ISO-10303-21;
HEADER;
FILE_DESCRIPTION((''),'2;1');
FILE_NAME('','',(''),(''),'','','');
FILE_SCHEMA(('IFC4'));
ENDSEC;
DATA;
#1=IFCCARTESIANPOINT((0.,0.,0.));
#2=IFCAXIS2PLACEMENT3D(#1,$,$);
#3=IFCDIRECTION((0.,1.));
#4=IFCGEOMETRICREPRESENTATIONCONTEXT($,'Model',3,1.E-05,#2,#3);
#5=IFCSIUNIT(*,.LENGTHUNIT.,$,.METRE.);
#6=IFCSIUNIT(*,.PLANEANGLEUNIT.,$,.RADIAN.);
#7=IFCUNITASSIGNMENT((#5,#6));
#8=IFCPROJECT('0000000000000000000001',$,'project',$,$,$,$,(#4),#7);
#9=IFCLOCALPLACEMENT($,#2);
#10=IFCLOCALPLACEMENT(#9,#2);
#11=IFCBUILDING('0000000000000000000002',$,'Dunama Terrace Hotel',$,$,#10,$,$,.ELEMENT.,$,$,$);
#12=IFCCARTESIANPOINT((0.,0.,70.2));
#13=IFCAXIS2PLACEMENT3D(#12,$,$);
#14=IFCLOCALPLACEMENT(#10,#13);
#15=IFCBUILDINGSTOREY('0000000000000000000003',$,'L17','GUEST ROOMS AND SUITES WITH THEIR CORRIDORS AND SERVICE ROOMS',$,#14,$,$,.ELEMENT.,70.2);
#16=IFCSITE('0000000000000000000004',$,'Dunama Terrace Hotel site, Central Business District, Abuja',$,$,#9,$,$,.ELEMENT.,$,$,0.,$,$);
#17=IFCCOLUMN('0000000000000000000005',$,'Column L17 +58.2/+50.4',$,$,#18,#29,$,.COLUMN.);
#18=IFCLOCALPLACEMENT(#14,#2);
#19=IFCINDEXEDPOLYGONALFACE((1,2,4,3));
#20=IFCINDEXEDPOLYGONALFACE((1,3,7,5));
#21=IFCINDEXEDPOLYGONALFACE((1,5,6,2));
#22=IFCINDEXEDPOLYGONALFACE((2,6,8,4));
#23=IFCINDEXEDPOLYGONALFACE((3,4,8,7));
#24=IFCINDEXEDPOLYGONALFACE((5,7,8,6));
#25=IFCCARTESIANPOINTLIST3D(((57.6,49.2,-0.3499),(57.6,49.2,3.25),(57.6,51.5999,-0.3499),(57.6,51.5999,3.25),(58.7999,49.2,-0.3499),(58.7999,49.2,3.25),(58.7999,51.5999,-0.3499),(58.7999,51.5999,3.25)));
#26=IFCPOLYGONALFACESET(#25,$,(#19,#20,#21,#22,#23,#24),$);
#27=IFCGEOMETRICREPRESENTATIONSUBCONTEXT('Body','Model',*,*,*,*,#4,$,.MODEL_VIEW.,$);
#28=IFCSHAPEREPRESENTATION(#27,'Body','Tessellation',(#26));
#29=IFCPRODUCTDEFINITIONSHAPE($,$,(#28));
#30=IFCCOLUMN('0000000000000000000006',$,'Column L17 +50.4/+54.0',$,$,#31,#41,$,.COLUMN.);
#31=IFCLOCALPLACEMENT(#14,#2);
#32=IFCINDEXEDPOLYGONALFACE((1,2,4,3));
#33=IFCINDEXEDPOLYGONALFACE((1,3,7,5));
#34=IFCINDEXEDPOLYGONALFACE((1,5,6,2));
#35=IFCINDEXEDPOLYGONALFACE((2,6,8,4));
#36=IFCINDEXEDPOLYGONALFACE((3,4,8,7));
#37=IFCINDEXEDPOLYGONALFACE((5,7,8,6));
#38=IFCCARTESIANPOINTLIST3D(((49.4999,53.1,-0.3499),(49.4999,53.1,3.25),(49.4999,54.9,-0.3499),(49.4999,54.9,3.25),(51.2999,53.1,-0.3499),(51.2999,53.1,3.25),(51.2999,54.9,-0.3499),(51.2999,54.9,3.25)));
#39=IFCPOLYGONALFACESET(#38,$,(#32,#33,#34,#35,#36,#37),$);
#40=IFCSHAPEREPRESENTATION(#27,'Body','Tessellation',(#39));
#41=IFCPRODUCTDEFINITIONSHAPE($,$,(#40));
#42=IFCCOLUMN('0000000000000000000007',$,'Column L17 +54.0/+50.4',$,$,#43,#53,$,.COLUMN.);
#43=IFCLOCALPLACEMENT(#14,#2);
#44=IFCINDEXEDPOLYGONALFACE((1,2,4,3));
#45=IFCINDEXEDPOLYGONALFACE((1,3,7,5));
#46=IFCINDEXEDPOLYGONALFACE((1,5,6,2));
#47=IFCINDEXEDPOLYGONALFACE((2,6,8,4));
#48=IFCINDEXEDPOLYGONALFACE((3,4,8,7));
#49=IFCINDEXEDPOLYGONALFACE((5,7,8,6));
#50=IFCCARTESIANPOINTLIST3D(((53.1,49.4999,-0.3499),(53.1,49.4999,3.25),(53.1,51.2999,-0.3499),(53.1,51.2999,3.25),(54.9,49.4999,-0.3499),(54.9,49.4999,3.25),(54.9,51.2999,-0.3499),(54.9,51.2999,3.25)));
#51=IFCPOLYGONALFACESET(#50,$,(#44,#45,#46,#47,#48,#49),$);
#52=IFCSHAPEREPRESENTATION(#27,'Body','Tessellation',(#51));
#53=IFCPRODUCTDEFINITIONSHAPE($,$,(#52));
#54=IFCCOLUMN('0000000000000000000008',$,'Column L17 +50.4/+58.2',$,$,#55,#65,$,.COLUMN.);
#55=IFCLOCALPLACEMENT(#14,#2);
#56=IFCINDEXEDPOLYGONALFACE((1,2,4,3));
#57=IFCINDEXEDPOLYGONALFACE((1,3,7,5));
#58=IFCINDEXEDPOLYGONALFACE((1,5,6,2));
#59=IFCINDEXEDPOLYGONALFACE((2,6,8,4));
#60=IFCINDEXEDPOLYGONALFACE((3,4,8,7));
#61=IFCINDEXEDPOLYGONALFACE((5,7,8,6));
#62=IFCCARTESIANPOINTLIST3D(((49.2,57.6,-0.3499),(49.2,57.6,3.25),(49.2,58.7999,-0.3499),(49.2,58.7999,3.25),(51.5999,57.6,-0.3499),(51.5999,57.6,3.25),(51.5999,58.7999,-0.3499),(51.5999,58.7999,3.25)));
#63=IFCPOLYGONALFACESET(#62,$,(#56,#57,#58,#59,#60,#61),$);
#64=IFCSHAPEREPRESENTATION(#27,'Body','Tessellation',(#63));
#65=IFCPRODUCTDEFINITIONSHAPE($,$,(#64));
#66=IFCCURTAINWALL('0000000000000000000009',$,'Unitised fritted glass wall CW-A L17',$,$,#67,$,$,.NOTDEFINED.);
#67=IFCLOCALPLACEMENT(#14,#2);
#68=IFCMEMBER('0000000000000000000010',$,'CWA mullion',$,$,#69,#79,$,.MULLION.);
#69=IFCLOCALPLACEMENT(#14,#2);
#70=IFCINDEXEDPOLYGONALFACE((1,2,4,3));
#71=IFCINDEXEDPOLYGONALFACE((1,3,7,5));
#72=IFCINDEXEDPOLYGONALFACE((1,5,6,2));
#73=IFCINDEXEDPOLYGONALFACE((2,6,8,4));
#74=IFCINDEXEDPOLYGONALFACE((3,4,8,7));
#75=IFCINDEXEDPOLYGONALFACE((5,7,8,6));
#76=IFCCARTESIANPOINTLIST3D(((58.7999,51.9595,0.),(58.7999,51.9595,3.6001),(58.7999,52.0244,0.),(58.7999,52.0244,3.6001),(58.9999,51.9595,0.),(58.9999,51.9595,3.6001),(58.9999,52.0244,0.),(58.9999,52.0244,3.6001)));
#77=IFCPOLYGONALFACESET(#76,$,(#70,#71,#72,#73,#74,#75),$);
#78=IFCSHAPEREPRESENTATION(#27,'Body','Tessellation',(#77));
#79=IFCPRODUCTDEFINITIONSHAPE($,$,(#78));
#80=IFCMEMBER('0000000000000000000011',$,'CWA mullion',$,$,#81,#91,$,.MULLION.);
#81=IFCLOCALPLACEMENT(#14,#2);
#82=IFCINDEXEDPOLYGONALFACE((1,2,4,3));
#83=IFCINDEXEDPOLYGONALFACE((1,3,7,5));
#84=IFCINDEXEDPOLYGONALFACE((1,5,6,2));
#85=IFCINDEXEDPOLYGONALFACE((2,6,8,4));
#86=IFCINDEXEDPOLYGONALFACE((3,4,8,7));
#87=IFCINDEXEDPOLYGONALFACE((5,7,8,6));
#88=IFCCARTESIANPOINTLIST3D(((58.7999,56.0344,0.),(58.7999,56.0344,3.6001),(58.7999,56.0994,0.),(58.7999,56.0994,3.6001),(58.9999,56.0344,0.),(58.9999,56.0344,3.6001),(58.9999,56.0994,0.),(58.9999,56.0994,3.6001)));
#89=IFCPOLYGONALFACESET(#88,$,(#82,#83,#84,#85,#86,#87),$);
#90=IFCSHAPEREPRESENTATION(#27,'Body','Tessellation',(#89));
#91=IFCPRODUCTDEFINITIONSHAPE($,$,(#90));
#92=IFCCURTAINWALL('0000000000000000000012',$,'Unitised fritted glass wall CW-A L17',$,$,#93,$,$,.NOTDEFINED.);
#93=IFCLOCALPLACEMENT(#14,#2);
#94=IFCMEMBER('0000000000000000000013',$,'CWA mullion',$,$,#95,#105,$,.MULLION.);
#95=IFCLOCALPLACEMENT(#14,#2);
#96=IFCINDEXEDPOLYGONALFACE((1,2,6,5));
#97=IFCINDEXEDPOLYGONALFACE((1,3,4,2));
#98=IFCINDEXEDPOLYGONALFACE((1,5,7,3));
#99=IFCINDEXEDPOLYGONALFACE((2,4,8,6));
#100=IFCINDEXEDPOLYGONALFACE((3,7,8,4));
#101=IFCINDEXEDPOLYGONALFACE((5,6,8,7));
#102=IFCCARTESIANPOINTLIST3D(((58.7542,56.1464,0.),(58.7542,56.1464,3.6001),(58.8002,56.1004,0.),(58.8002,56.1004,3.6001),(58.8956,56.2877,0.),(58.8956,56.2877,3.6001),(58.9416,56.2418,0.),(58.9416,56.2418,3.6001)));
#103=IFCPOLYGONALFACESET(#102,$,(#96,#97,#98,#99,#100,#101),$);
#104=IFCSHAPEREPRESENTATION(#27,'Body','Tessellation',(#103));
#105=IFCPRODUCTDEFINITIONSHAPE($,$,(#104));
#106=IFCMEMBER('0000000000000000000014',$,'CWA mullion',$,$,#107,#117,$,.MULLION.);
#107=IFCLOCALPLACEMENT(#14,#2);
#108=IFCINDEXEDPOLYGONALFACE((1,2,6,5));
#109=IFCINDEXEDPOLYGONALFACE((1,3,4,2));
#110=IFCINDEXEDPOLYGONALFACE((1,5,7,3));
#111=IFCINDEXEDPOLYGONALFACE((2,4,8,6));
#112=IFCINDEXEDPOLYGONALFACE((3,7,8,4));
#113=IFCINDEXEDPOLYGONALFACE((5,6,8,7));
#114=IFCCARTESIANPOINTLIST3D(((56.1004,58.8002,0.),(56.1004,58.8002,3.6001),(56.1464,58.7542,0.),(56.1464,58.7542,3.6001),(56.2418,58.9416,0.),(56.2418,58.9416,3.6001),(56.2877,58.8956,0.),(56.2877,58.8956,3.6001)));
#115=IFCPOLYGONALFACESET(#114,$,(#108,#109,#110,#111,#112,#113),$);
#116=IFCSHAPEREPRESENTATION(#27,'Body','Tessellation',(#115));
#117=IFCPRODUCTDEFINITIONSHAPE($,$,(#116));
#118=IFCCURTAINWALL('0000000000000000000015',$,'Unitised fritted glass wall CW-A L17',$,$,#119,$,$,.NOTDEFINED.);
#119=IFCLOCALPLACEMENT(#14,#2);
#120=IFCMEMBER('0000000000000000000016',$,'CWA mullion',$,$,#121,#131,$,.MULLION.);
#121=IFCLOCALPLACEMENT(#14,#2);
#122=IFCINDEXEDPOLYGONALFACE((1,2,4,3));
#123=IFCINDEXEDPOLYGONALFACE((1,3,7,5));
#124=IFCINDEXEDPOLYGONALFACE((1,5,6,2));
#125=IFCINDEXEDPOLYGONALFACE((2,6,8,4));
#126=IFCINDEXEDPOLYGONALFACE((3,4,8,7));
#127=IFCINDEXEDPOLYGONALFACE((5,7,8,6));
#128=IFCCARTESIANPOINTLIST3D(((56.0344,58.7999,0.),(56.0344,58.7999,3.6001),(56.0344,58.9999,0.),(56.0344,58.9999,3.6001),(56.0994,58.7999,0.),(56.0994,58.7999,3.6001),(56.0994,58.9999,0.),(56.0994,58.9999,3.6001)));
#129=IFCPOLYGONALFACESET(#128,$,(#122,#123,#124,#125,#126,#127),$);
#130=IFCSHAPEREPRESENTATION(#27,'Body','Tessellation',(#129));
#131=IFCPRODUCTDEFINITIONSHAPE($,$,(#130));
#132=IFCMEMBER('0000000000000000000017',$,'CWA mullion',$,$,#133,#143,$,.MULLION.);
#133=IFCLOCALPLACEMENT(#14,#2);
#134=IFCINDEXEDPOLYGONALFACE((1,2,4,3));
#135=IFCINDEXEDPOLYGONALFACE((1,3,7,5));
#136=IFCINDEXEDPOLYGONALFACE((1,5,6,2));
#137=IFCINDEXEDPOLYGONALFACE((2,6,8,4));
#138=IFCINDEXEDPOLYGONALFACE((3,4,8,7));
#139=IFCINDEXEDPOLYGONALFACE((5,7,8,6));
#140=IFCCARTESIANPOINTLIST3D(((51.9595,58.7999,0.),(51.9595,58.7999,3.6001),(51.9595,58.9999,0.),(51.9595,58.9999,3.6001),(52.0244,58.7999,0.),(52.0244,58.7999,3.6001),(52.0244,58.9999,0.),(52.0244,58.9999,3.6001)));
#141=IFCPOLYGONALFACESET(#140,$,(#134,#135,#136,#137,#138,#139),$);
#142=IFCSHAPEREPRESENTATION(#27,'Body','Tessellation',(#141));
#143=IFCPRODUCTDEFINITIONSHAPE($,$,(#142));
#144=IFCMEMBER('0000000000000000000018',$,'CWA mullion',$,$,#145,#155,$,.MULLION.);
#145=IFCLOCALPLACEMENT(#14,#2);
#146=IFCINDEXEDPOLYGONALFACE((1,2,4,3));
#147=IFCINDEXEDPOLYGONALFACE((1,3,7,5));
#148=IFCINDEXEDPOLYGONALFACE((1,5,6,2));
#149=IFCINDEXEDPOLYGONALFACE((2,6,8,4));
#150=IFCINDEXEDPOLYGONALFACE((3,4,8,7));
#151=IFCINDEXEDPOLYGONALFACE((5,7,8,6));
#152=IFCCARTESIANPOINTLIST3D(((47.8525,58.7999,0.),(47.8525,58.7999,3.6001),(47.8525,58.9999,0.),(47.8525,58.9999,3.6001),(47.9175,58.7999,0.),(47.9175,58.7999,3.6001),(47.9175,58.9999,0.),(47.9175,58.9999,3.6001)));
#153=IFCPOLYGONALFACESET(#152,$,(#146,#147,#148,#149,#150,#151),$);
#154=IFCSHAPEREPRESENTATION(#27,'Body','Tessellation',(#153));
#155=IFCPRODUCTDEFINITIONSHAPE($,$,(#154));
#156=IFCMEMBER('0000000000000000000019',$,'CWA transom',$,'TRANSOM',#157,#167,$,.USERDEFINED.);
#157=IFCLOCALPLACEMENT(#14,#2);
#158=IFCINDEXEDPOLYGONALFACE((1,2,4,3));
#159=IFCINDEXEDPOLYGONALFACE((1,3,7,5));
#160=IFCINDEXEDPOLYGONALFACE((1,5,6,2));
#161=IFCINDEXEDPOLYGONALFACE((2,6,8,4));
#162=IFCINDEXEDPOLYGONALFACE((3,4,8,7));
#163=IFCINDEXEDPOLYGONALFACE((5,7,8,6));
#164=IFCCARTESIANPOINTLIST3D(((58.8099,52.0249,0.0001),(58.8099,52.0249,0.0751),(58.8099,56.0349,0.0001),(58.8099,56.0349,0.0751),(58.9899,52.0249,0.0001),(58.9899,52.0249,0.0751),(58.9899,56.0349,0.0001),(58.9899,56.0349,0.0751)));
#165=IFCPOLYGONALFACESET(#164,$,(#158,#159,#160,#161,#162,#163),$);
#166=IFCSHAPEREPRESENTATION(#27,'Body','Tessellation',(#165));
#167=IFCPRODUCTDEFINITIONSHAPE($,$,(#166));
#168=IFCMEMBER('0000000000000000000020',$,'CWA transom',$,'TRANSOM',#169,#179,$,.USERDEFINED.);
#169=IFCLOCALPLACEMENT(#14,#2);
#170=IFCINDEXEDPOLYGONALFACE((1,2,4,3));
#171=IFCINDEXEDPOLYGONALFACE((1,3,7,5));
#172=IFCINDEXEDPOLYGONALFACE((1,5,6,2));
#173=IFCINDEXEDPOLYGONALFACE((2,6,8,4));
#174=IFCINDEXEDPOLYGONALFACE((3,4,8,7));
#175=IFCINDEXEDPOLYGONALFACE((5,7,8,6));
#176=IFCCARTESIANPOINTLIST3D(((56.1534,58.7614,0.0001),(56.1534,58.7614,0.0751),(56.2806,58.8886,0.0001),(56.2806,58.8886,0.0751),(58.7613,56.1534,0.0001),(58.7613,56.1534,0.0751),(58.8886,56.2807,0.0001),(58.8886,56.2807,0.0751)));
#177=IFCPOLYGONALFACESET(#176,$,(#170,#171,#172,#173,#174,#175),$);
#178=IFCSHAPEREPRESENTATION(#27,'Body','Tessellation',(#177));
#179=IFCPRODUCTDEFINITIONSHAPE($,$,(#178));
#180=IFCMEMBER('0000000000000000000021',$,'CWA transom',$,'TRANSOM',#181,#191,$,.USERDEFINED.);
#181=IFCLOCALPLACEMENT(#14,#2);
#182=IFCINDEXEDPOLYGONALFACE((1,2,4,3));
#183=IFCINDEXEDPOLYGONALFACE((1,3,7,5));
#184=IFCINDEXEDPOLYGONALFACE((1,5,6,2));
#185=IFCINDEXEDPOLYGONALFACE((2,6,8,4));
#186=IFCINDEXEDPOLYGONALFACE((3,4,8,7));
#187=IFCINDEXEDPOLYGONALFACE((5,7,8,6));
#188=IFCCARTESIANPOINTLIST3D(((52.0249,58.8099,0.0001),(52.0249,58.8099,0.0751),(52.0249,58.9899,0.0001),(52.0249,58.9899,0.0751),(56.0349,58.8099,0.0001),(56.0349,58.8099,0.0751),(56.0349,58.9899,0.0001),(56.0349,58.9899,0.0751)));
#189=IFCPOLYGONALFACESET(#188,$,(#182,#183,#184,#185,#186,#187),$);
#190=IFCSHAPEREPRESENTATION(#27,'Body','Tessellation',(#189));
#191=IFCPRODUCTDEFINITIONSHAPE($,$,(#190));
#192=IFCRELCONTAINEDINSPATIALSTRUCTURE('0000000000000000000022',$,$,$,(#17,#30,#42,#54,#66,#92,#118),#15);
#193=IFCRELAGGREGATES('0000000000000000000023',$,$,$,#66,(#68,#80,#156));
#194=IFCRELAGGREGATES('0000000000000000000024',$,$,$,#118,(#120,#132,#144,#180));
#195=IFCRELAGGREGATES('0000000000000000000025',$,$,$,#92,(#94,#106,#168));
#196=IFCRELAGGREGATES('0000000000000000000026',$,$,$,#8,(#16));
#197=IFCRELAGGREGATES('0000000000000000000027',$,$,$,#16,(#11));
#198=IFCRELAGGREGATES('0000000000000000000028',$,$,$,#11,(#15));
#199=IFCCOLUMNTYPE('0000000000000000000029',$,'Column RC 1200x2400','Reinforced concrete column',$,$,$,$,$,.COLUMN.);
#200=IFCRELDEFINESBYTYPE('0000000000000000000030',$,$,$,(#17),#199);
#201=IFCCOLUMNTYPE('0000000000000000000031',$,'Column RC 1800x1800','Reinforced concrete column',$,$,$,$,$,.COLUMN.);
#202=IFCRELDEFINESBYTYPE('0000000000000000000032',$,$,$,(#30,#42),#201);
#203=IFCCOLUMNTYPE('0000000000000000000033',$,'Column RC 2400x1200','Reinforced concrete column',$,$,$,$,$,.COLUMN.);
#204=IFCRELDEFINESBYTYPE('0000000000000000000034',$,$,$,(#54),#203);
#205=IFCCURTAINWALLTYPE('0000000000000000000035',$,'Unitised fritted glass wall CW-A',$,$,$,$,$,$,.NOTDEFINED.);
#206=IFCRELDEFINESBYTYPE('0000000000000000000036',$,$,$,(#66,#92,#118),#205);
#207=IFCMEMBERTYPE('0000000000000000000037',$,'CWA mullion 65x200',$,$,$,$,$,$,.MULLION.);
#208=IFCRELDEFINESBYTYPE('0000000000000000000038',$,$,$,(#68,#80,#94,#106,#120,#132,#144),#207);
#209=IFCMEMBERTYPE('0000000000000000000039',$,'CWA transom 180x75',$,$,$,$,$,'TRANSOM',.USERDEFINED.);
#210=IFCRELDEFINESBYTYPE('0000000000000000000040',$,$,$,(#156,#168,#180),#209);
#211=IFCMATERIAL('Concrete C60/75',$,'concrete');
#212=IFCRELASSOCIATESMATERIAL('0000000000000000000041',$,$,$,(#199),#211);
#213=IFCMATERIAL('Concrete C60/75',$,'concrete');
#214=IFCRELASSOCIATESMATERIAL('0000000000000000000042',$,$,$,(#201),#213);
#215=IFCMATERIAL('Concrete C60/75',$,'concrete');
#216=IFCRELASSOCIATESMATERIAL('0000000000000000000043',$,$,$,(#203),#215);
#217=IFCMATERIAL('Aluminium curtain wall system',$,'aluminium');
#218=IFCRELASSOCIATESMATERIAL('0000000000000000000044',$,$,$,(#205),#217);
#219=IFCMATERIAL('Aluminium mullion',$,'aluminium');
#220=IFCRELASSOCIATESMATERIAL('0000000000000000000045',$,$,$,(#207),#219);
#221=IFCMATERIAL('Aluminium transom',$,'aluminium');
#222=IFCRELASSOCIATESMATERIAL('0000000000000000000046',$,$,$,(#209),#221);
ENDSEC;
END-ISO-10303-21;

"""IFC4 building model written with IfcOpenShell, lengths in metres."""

from ifc_helpers import new_model, si_unit, direction, frame, origin, origin_2d, place, context, subcontext, project, spatial, rectangle, extrude, material, material_profile, profile_set, type_object, element, aggregate, save


model = new_model("IFC4")

# Units and contexts
model_context = context("Model", 3, precision=1e-05, world=origin(), true_north=direction((0.0, 1.0)))
body_context = subcontext(model_context, "Body", "Model", "MODEL_VIEW")
ifc_project = project(units=[si_unit("LENGTHUNIT", "METRE"), si_unit("PLANEANGLEUNIT", "RADIAN")], contexts=[model_context])

# Site, building, storey
site_placement = place(None, origin())
site = spatial("IfcSite", under=ifc_project, at=site_placement, Name="Dunama Terrace Hotel site, Central Business District, Abuja", CompositionType="ELEMENT", RefElevation=0.0)
building_placement = place(site_placement, origin())
building = spatial("IfcBuilding", under=site, at=building_placement, Name="Dunama Terrace Hotel", CompositionType="ELEMENT")
storey_placement = place(building_placement, frame((0.0, 0.0, 70.2)))
storey = spatial("IfcBuildingStorey", under=building, at=storey_placement, Name="L17", Description="GUEST ROOMS AND SUITES WITH THEIR CORRIDORS AND SERVICE ROOMS", CompositionType="ELEMENT", Elevation=70.2)

# Columns
ifc_material_1 = material(Name="Concrete C60/75", Category="concrete")
ifc_material_profile_1 = material_profile(ifc_material_1, rectangle(XDim=1.2, YDim=2.3999, at=origin_2d()), Name="RC 1200x2400")
ifc_profile_set_1 = profile_set([ifc_material_profile_1], Name="Concrete C60/75")
column_type_1 = type_object("IfcColumnType", Name="Column RC 1200x2400", Description="Reinforced concrete column", PredefinedType="COLUMN", material=ifc_profile_set_1)
column_1_placement = place(storey_placement, frame((58.2, 50.3999, -0.3499), z_axis=(0.0, 0.0, 1.0), x_axis=(1.0, 0.0, 0.0)))
element("IfcColumn", 1, at=column_1_placement, inside=storey, type_object=column_type_1, Name="Column L17 +58.2/+50.4", PredefinedType="COLUMN", context=body_context, shape_type="SweptSolid", body=[
    extrude(rectangle(XDim=1.2, YDim=2.3999, at=origin_2d()), origin(), (0.0, 0.0, 1.0), 3.5999),
])
ifc_material_2 = material(Name="Concrete C60/75", Category="concrete")
ifc_material_profile_2 = material_profile(ifc_material_2, rectangle(XDim=1.8, YDim=1.8, at=origin_2d()), Name="RC 1800x1800")
ifc_profile_set_2 = profile_set([ifc_material_profile_2], Name="Concrete C60/75")
column_type_2 = type_object("IfcColumnType", Name="Column RC 1800x1800", Description="Reinforced concrete column", PredefinedType="COLUMN", material=ifc_profile_set_2)
for number, where, z_axis, x_axis, name in (
    (2, (50.3999, 54.0, -0.3499), (0.0, 0.0, 1.0), (1.0, 0.0, 0.0), "Column L17 +50.4/+54.0"),
    (3, (54.0, 50.3999, -0.3499), (0.0, 0.0, 1.0), (1.0, 0.0, 0.0), "Column L17 +54.0/+50.4"),
):
    element("IfcColumn", number, at=place(storey_placement, frame(where, z_axis=z_axis, x_axis=x_axis)), inside=storey, type_object=column_type_2, Name=name, PredefinedType="COLUMN", context=body_context, shape_type="SweptSolid", body=[
        extrude(rectangle(XDim=1.8, YDim=1.8, at=origin_2d()), origin(), (0.0, 0.0, 1.0), 3.5999),
    ])
ifc_material_3 = material(Name="Concrete C60/75", Category="concrete")
ifc_material_profile_3 = material_profile(ifc_material_3, rectangle(XDim=2.3999, YDim=1.2, at=origin_2d()), Name="RC 2400x1200")
ifc_profile_set_3 = profile_set([ifc_material_profile_3], Name="Concrete C60/75")
column_type_3 = type_object("IfcColumnType", Name="Column RC 2400x1200", Description="Reinforced concrete column", PredefinedType="COLUMN", material=ifc_profile_set_3)
column_2_placement = place(storey_placement, frame((50.3999, 58.2, -0.3499), z_axis=(0.0, 0.0, 1.0), x_axis=(1.0, 0.0, 0.0)))
element("IfcColumn", 4, at=column_2_placement, inside=storey, type_object=column_type_3, Name="Column L17 +50.4/+58.2", PredefinedType="COLUMN", context=body_context, shape_type="SweptSolid", body=[
    extrude(rectangle(XDim=2.3999, YDim=1.2, at=origin_2d()), origin(), (0.0, 0.0, 1.0), 3.5999),
])

# Curtain walls, members
ifc_material_4 = material(Name="Aluminium curtain wall system", Category="aluminium")
curtain_wall_type = type_object("IfcCurtainWallType", Name="Unitised fritted glass wall CW-A", PredefinedType="NOTDEFINED", material=ifc_material_4)
curtain_wall_1_placement = place(storey_placement, origin())
curtain_wall_1 = element("IfcCurtainWall", 5, at=curtain_wall_1_placement, inside=storey, type_object=curtain_wall_type, Name="Unitised fritted glass wall CW-A L17", PredefinedType="NOTDEFINED")
ifc_material_5 = material(Name="Aluminium mullion", Category="aluminium")
ifc_material_profile_4 = material_profile(ifc_material_5, rectangle(XDim=0.0649, YDim=0.2, at=origin_2d()), Name="CWA MULLION 65X200")
ifc_profile_set_4 = profile_set([ifc_material_profile_4], Name="Aluminium mullion")
member_type_1 = type_object("IfcMemberType", Name="CWA mullion 65x200", PredefinedType="MULLION", material=ifc_profile_set_4)
member_1_placement = place(storey_placement, frame((58.8999, 51.9919, 0.0), z_axis=(0.0, 0.0, 1.0), x_axis=(0.0, 1.0, 0.0)))
member_1 = element("IfcMember", 6, at=member_1_placement, type_object=member_type_1, Name="CWA mullion", PredefinedType="MULLION", context=body_context, shape_type="SweptSolid", body=[
    extrude(rectangle(XDim=0.0649, YDim=0.2, at=origin_2d()), origin(), (0.0, 0.0, 1.0), 3.6001),
])
member_2_placement = place(storey_placement, frame((58.8999, 56.0669, 0.0), z_axis=(0.0, 0.0, 1.0), x_axis=(0.0, 1.0, 0.0)))
member_2 = element("IfcMember", 7, at=member_2_placement, type_object=member_type_1, Name="CWA mullion", PredefinedType="MULLION", context=body_context, shape_type="SweptSolid", body=[
    extrude(rectangle(XDim=0.0649, YDim=0.2, at=origin_2d()), origin(), (0.0, 0.0, 1.0), 3.6001),
])
curtain_wall_2_placement = place(storey_placement, origin())
curtain_wall_2 = element("IfcCurtainWall", 8, at=curtain_wall_2_placement, inside=storey, type_object=curtain_wall_type, Name="Unitised fritted glass wall CW-A L17", PredefinedType="NOTDEFINED")
member_3_placement = place(storey_placement, frame((58.8479, 56.1941, 0.0), z_axis=(0.0, 0.0, 1.0), x_axis=(-0.707107, 0.707107, 0.0)))
member_3 = element("IfcMember", 9, at=member_3_placement, type_object=member_type_1, Name="CWA mullion", PredefinedType="MULLION", context=body_context, shape_type="SweptSolid", body=[
    extrude(rectangle(XDim=0.0649, YDim=0.2, at=origin_2d()), origin(), (0.0, 0.0, 1.0), 3.6001),
])
member_4_placement = place(storey_placement, frame((56.1941, 58.8479, 0.0), z_axis=(0.0, 0.0, 1.0), x_axis=(-0.707107, 0.707107, 0.0)))
member_4 = element("IfcMember", 10, at=member_4_placement, type_object=member_type_1, Name="CWA mullion", PredefinedType="MULLION", context=body_context, shape_type="SweptSolid", body=[
    extrude(rectangle(XDim=0.0649, YDim=0.2, at=origin_2d()), origin(), (0.0, 0.0, 1.0), 3.6001),
])
curtain_wall_3_placement = place(storey_placement, origin())
curtain_wall_3 = element("IfcCurtainWall", 11, at=curtain_wall_3_placement, inside=storey, type_object=curtain_wall_type, Name="Unitised fritted glass wall CW-A L17", PredefinedType="NOTDEFINED")
member_5_placement = place(storey_placement, frame((56.0669, 58.8999, 0.0), z_axis=(0.0, 0.0, 1.0), x_axis=(-1.0, 0.0, 0.0)))
member_5 = element("IfcMember", 12, at=member_5_placement, type_object=member_type_1, Name="CWA mullion", PredefinedType="MULLION", context=body_context, shape_type="SweptSolid", body=[
    extrude(rectangle(XDim=0.0649, YDim=0.2, at=origin_2d()), origin(), (0.0, 0.0, 1.0), 3.6001),
])
member_6_placement = place(storey_placement, frame((51.9919, 58.8999, 0.0), z_axis=(0.0, 0.0, 1.0), x_axis=(-1.0, 0.0, 0.0)))
member_6 = element("IfcMember", 13, at=member_6_placement, type_object=member_type_1, Name="CWA mullion", PredefinedType="MULLION", context=body_context, shape_type="SweptSolid", body=[
    extrude(rectangle(XDim=0.0649, YDim=0.2, at=origin_2d()), origin(), (0.0, 0.0, 1.0), 3.6001),
])
member_7_placement = place(storey_placement, frame((47.885, 58.8999, 0.0), z_axis=(0.0, 0.0, 1.0), x_axis=(-1.0, 0.0, 0.0)))
member_7 = element("IfcMember", 14, at=member_7_placement, type_object=member_type_1, Name="CWA mullion", PredefinedType="MULLION", context=body_context, shape_type="SweptSolid", body=[
    extrude(rectangle(XDim=0.0649, YDim=0.2, at=origin_2d()), origin(), (0.0, 0.0, 1.0), 3.6001),
])

# Members
ifc_material_6 = material(Name="Aluminium transom", Category="aluminium")
ifc_material_profile_5 = material_profile(ifc_material_6, rectangle(XDim=0.1799, YDim=0.075, at=origin_2d()), Name="CWA TRANSOM 180X75")
ifc_profile_set_5 = profile_set([ifc_material_profile_5], Name="Aluminium transom")
member_type_2 = type_object("IfcMemberType", Name="CWA transom 180x75", ElementType="TRANSOM", PredefinedType="USERDEFINED", material=ifc_profile_set_5)
member_8_placement = place(storey_placement, frame((58.8999, 52.0249, 0.0376), z_axis=(0.0, 1.0, 0.0), x_axis=(-1.0, 0.0, 0.0)))
member_8 = element("IfcMember", 15, at=member_8_placement, type_object=member_type_2, Name="CWA transom", ObjectType="TRANSOM", PredefinedType="USERDEFINED", context=body_context, shape_type="SweptSolid", body=[
    extrude(rectangle(XDim=0.1799, YDim=0.075, at=origin_2d()), origin(), (0.0, 0.0, 1.0), 4.01),
])
member_9_placement = place(storey_placement, frame((58.825, 56.217, 0.0376), z_axis=(-0.707107, 0.707107, 0.0), x_axis=(-0.707107, -0.707107, 0.0)))
member_9 = element("IfcMember", 16, at=member_9_placement, type_object=member_type_2, Name="CWA transom", ObjectType="TRANSOM", PredefinedType="USERDEFINED", context=body_context, shape_type="SweptSolid", body=[
    extrude(rectangle(XDim=0.1799, YDim=0.075, at=origin_2d()), origin(), (0.0, 0.0, 1.0), 3.6882),
])
member_10_placement = place(storey_placement, frame((56.0349, 58.8999, 0.0376), z_axis=(-1.0, 0.0, 0.0), x_axis=(0.0, -1.0, 0.0)))
member_10 = element("IfcMember", 17, at=member_10_placement, type_object=member_type_2, Name="CWA transom", ObjectType="TRANSOM", PredefinedType="USERDEFINED", context=body_context, shape_type="SweptSolid", body=[
    extrude(rectangle(XDim=0.1799, YDim=0.075, at=origin_2d()), origin(), (0.0, 0.0, 1.0), 4.01),
])

aggregate(curtain_wall_1, [member_1, member_2, member_8])
aggregate(curtain_wall_3, [member_5, member_6, member_7, member_10])
aggregate(curtain_wall_2, [member_3, member_4, member_9])

save(model, "model.ifc")
